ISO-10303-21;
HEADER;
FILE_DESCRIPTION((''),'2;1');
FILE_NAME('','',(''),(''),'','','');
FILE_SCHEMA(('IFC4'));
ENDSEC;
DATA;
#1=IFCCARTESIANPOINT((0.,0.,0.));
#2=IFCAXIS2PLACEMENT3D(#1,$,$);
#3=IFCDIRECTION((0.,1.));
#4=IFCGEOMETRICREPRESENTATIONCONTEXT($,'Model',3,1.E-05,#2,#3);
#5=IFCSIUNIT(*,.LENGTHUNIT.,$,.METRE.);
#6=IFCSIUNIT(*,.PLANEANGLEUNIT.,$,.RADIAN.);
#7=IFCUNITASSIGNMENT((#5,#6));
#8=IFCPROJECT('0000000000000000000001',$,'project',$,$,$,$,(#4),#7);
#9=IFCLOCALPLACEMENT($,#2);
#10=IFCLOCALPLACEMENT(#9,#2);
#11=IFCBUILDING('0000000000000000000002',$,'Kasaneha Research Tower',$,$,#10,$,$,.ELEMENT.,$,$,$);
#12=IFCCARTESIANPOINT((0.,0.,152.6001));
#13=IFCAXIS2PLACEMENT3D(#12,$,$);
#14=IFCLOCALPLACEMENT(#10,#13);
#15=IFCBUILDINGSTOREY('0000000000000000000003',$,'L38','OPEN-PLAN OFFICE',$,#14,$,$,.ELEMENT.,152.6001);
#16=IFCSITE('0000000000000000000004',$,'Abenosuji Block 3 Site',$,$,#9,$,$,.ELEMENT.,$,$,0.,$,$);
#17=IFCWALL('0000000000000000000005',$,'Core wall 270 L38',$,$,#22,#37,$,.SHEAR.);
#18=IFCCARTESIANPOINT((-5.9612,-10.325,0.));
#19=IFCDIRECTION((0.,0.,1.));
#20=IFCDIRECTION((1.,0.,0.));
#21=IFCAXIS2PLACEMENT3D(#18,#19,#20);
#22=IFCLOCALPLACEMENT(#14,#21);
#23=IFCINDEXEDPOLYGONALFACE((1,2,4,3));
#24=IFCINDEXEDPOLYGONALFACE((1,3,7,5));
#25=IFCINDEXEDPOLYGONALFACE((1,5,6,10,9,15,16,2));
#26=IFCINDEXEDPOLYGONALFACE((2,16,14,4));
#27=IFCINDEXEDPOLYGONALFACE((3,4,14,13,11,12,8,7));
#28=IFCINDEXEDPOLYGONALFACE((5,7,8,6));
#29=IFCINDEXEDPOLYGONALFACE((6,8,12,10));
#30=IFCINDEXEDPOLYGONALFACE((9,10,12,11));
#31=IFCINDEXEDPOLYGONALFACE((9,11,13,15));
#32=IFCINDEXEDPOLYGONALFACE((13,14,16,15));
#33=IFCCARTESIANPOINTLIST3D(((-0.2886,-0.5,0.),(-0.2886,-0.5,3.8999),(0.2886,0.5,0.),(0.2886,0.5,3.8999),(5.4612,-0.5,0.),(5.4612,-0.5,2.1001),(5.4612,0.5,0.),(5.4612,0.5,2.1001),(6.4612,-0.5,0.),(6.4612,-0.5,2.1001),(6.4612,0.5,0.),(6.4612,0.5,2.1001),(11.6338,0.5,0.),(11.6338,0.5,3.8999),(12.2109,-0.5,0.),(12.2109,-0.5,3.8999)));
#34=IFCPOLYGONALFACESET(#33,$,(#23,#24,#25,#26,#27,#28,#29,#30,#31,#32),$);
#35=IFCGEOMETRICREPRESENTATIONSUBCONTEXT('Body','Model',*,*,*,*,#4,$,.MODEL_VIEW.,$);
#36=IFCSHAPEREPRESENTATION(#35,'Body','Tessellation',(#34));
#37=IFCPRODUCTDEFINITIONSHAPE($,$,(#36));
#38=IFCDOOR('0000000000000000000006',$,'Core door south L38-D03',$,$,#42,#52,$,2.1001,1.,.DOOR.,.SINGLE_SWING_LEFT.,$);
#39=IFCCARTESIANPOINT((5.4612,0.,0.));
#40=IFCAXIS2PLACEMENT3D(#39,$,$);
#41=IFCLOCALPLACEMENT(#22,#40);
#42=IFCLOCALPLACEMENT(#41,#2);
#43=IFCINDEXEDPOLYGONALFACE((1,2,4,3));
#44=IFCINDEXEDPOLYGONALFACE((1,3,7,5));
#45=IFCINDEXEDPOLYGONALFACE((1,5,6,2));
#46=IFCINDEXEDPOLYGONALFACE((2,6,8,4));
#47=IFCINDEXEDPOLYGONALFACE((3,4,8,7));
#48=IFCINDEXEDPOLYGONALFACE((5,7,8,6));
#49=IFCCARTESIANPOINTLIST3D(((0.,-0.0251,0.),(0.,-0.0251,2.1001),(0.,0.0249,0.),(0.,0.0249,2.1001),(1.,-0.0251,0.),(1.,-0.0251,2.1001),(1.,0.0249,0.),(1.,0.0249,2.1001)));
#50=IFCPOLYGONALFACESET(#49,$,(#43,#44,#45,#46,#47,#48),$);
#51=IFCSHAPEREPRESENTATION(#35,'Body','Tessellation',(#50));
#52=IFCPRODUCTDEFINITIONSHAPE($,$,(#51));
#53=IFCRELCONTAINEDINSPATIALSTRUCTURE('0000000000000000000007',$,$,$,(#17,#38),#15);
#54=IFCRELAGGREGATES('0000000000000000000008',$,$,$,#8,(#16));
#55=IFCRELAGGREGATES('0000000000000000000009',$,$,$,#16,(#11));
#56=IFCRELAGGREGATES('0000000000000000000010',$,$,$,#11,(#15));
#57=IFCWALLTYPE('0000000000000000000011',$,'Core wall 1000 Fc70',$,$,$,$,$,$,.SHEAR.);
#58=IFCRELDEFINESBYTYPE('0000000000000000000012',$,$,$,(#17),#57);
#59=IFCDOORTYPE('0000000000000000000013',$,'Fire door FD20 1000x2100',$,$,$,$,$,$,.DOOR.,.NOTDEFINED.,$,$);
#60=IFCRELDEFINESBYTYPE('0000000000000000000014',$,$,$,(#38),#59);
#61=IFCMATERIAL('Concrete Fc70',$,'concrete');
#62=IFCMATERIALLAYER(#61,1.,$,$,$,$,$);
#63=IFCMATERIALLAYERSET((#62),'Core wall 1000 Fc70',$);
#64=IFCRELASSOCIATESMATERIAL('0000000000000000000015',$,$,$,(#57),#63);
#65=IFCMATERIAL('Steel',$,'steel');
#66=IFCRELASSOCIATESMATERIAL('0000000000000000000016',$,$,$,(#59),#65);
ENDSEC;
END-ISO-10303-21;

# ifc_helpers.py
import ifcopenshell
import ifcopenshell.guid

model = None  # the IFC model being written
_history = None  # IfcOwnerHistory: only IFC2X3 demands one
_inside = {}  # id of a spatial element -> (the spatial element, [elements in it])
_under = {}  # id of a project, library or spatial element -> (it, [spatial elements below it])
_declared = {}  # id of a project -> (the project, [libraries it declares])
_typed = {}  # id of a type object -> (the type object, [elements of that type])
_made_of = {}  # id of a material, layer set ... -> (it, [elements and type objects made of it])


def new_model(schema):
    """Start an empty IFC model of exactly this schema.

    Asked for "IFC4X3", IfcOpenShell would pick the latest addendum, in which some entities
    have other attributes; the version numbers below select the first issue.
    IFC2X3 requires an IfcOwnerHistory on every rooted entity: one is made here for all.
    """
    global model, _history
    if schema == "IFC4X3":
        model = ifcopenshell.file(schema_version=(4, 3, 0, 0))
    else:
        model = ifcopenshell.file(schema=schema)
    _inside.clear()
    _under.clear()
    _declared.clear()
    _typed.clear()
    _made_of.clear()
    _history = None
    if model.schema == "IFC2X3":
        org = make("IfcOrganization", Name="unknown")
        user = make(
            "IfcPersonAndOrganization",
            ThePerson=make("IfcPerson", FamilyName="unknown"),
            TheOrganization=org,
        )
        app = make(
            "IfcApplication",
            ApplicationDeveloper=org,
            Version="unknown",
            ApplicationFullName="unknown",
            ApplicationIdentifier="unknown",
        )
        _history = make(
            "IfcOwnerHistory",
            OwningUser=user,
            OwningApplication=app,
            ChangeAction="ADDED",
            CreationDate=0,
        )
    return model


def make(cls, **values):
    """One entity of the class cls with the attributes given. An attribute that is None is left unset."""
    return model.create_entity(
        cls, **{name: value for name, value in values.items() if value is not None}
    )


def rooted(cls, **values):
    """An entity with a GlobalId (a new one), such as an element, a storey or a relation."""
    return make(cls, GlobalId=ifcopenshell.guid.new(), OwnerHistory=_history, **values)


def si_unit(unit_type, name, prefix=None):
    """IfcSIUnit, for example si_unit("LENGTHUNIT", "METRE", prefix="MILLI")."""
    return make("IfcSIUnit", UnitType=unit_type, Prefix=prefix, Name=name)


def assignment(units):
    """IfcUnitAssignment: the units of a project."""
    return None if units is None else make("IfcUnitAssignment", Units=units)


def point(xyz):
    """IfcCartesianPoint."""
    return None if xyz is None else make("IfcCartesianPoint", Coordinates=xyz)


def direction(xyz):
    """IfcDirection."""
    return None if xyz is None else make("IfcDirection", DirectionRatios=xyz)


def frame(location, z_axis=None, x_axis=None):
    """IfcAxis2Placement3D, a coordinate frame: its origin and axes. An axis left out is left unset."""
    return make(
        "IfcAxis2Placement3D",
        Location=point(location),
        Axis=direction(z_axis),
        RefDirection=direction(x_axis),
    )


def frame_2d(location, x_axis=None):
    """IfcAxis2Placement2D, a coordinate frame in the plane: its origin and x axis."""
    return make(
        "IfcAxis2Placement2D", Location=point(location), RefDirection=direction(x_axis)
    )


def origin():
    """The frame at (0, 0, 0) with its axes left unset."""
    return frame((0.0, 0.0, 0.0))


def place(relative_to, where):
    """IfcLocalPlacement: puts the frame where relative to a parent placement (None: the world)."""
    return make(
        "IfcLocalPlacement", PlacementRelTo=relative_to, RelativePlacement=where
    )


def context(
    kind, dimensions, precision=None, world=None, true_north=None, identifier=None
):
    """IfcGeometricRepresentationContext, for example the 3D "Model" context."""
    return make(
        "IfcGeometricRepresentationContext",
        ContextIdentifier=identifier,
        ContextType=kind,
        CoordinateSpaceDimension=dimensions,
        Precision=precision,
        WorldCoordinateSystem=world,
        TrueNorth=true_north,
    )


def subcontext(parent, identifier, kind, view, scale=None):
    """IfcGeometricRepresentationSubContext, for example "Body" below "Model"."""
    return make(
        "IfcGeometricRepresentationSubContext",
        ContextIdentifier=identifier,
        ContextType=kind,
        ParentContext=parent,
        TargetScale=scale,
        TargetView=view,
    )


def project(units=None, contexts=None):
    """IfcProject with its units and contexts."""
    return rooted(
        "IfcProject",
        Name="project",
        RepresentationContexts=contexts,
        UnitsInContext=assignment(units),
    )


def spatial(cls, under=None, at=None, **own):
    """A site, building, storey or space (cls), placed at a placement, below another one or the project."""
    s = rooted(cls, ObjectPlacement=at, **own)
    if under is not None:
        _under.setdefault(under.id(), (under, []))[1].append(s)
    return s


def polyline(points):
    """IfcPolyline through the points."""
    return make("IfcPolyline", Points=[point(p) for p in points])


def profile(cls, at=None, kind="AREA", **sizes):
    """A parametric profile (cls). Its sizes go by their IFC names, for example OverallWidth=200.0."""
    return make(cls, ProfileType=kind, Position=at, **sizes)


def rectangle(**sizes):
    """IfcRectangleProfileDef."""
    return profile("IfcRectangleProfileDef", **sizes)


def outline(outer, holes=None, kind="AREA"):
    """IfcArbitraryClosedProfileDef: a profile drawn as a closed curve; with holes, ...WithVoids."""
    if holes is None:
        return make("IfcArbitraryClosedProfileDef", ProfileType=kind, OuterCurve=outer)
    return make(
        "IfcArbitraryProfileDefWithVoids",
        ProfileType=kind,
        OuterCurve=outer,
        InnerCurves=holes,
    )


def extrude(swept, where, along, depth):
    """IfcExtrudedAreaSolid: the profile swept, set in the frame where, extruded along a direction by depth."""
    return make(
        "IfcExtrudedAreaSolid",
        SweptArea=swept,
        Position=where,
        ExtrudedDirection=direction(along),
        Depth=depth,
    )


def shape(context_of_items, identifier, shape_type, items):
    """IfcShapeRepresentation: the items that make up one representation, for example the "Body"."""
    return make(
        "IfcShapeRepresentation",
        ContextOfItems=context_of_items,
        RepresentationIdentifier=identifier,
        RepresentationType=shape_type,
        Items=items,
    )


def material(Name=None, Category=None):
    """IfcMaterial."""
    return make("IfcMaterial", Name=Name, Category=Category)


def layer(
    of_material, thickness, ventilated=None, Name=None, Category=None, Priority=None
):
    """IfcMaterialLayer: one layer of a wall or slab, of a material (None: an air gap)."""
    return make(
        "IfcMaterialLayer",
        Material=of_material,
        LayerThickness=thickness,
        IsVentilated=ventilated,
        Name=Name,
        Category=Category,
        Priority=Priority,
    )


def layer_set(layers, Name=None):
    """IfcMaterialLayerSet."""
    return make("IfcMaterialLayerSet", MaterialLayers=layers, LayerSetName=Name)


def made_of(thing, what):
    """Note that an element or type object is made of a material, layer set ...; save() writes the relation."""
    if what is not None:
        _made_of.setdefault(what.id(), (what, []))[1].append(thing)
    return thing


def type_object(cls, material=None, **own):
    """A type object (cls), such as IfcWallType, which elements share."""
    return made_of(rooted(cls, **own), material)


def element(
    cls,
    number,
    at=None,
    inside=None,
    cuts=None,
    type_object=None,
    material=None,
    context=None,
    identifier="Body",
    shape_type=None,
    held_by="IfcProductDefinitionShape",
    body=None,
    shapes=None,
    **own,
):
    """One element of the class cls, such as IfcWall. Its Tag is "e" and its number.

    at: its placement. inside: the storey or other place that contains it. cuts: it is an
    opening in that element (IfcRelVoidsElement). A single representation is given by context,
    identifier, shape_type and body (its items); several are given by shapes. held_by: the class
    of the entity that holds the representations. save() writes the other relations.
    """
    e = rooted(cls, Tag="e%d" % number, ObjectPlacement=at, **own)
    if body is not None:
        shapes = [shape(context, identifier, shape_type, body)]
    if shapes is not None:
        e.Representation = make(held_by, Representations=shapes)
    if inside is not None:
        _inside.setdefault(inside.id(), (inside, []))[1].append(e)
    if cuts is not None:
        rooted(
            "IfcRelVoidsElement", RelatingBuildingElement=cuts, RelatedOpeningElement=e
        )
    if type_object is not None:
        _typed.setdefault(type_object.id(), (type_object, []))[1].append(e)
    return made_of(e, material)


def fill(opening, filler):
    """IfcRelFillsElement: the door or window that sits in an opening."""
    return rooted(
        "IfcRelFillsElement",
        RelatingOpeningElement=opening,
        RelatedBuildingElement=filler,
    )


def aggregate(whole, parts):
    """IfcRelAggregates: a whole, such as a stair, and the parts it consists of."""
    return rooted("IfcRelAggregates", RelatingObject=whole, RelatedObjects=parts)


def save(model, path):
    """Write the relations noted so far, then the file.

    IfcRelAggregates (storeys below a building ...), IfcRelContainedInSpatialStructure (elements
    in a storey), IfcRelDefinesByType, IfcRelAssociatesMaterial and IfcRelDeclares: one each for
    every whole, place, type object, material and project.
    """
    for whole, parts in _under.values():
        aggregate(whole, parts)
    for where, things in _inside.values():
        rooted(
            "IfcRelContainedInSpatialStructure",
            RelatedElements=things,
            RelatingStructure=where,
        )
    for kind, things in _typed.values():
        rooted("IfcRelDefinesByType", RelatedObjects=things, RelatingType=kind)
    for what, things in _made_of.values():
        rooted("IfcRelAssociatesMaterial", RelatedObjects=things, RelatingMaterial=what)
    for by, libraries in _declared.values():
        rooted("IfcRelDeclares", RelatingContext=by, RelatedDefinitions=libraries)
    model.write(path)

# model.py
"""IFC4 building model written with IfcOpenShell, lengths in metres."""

from ifc_helpers import new_model, si_unit, direction, frame, frame_2d, origin, place, context, subcontext, project, spatial, polyline, rectangle, outline, extrude, material, layer, layer_set, type_object, element, fill, save


model = new_model("IFC4")

# Units and contexts
model_context = context("Model", 3, precision=1e-05, world=origin(), true_north=direction((0.0, 1.0)))
body_context = subcontext(model_context, "Body", "Model", "MODEL_VIEW")
ifc_project = project(units=[si_unit("LENGTHUNIT", "METRE"), si_unit("PLANEANGLEUNIT", "RADIAN")], contexts=[model_context])

# Site, building, storey
site_placement = place(None, origin())
site = spatial("IfcSite", under=ifc_project, at=site_placement, Name="Abenosuji Block 3 Site", CompositionType="ELEMENT", RefElevation=0.0)
building_placement = place(site_placement, origin())
building = spatial("IfcBuilding", under=site, at=building_placement, Name="Kasaneha Research Tower", CompositionType="ELEMENT")
storey_placement = place(building_placement, frame((0.0, 0.0, 152.6001)))
storey = spatial("IfcBuildingStorey", under=building, at=storey_placement, Name="L38", Description="OPEN-PLAN OFFICE", CompositionType="ELEMENT", Elevation=152.6001)

# Wall, opening, door
ifc_material_1 = material(Name="Concrete Fc70", Category="concrete")
ifc_layer_1 = layer(ifc_material_1, 1.0)
ifc_layer_set_1 = layer_set([ifc_layer_1], Name="Core wall 1000 Fc70")
wall_type_1 = type_object("IfcWallType", Name="Core wall 1000 Fc70", PredefinedType="SHEAR", material=ifc_layer_set_1)
wall_1_placement = place(storey_placement, frame((-5.9612, -10.325, 0.0), z_axis=(0.0, 0.0, 1.0), x_axis=(1.0, 0.0, 0.0)))
wall_1 = element("IfcWall", 1, at=wall_1_placement, inside=storey, type_object=wall_type_1, Name="Core wall 270 L38", PredefinedType="SHEAR", context=body_context, shape_type="SweptSolid", body=[
    extrude(outline(polyline([(-0.2886, -0.5), (5.4612, -0.5), (6.4612, -0.5), (12.2109, -0.5), (11.6338, 0.5), (6.4612, 0.5), (5.4612, 0.5), (0.2886, 0.5), (-0.2886, -0.5)])), origin(), (0.0, 0.0, 1.0), 3.8999),
])
opening_1_placement = place(wall_1_placement, frame((5.4612, 0.0, 0.0)))
opening_1 = element("IfcOpeningElement", 2, at=opening_1_placement, cuts=wall_1, PredefinedType="OPENING", context=body_context, shape_type="SweptSolid", body=[
    extrude(rectangle(XDim=1.0, YDim=2.1001, at=frame_2d((0.5, 1.05))), frame((0.0, 0.51, 0.0), z_axis=(0.0, -1.0, 0.0), x_axis=(1.0, 0.0, 0.0)), (0.0, 0.0, 1.0), 1.02),
])
ifc_material_2 = material(Name="Steel", Category="steel")
door_type_1 = type_object("IfcDoorType", Name="Fire door FD20 1000x2100", OperationType="NOTDEFINED", PredefinedType="DOOR", material=ifc_material_2)
door_1_placement = place(opening_1_placement, origin())
door_1 = element("IfcDoor", 3, at=door_1_placement, inside=storey, type_object=door_type_1, Name="Core door south L38-D03", OperationType="SINGLE_SWING_LEFT", OverallHeight=2.1001, OverallWidth=1.0, PredefinedType="DOOR", context=body_context, shape_type="SweptSolid", body=[
    extrude(rectangle(XDim=1.0, YDim=2.1001, at=frame_2d((0.5, 1.05))), frame((0.0, 0.0249, 0.0), z_axis=(0.0, -1.0, 0.0), x_axis=(1.0, 0.0, 0.0)), (0.0, 0.0, 1.0), 0.05),
])
fill(opening_1, door_1)

save(model, "model.ifc")
